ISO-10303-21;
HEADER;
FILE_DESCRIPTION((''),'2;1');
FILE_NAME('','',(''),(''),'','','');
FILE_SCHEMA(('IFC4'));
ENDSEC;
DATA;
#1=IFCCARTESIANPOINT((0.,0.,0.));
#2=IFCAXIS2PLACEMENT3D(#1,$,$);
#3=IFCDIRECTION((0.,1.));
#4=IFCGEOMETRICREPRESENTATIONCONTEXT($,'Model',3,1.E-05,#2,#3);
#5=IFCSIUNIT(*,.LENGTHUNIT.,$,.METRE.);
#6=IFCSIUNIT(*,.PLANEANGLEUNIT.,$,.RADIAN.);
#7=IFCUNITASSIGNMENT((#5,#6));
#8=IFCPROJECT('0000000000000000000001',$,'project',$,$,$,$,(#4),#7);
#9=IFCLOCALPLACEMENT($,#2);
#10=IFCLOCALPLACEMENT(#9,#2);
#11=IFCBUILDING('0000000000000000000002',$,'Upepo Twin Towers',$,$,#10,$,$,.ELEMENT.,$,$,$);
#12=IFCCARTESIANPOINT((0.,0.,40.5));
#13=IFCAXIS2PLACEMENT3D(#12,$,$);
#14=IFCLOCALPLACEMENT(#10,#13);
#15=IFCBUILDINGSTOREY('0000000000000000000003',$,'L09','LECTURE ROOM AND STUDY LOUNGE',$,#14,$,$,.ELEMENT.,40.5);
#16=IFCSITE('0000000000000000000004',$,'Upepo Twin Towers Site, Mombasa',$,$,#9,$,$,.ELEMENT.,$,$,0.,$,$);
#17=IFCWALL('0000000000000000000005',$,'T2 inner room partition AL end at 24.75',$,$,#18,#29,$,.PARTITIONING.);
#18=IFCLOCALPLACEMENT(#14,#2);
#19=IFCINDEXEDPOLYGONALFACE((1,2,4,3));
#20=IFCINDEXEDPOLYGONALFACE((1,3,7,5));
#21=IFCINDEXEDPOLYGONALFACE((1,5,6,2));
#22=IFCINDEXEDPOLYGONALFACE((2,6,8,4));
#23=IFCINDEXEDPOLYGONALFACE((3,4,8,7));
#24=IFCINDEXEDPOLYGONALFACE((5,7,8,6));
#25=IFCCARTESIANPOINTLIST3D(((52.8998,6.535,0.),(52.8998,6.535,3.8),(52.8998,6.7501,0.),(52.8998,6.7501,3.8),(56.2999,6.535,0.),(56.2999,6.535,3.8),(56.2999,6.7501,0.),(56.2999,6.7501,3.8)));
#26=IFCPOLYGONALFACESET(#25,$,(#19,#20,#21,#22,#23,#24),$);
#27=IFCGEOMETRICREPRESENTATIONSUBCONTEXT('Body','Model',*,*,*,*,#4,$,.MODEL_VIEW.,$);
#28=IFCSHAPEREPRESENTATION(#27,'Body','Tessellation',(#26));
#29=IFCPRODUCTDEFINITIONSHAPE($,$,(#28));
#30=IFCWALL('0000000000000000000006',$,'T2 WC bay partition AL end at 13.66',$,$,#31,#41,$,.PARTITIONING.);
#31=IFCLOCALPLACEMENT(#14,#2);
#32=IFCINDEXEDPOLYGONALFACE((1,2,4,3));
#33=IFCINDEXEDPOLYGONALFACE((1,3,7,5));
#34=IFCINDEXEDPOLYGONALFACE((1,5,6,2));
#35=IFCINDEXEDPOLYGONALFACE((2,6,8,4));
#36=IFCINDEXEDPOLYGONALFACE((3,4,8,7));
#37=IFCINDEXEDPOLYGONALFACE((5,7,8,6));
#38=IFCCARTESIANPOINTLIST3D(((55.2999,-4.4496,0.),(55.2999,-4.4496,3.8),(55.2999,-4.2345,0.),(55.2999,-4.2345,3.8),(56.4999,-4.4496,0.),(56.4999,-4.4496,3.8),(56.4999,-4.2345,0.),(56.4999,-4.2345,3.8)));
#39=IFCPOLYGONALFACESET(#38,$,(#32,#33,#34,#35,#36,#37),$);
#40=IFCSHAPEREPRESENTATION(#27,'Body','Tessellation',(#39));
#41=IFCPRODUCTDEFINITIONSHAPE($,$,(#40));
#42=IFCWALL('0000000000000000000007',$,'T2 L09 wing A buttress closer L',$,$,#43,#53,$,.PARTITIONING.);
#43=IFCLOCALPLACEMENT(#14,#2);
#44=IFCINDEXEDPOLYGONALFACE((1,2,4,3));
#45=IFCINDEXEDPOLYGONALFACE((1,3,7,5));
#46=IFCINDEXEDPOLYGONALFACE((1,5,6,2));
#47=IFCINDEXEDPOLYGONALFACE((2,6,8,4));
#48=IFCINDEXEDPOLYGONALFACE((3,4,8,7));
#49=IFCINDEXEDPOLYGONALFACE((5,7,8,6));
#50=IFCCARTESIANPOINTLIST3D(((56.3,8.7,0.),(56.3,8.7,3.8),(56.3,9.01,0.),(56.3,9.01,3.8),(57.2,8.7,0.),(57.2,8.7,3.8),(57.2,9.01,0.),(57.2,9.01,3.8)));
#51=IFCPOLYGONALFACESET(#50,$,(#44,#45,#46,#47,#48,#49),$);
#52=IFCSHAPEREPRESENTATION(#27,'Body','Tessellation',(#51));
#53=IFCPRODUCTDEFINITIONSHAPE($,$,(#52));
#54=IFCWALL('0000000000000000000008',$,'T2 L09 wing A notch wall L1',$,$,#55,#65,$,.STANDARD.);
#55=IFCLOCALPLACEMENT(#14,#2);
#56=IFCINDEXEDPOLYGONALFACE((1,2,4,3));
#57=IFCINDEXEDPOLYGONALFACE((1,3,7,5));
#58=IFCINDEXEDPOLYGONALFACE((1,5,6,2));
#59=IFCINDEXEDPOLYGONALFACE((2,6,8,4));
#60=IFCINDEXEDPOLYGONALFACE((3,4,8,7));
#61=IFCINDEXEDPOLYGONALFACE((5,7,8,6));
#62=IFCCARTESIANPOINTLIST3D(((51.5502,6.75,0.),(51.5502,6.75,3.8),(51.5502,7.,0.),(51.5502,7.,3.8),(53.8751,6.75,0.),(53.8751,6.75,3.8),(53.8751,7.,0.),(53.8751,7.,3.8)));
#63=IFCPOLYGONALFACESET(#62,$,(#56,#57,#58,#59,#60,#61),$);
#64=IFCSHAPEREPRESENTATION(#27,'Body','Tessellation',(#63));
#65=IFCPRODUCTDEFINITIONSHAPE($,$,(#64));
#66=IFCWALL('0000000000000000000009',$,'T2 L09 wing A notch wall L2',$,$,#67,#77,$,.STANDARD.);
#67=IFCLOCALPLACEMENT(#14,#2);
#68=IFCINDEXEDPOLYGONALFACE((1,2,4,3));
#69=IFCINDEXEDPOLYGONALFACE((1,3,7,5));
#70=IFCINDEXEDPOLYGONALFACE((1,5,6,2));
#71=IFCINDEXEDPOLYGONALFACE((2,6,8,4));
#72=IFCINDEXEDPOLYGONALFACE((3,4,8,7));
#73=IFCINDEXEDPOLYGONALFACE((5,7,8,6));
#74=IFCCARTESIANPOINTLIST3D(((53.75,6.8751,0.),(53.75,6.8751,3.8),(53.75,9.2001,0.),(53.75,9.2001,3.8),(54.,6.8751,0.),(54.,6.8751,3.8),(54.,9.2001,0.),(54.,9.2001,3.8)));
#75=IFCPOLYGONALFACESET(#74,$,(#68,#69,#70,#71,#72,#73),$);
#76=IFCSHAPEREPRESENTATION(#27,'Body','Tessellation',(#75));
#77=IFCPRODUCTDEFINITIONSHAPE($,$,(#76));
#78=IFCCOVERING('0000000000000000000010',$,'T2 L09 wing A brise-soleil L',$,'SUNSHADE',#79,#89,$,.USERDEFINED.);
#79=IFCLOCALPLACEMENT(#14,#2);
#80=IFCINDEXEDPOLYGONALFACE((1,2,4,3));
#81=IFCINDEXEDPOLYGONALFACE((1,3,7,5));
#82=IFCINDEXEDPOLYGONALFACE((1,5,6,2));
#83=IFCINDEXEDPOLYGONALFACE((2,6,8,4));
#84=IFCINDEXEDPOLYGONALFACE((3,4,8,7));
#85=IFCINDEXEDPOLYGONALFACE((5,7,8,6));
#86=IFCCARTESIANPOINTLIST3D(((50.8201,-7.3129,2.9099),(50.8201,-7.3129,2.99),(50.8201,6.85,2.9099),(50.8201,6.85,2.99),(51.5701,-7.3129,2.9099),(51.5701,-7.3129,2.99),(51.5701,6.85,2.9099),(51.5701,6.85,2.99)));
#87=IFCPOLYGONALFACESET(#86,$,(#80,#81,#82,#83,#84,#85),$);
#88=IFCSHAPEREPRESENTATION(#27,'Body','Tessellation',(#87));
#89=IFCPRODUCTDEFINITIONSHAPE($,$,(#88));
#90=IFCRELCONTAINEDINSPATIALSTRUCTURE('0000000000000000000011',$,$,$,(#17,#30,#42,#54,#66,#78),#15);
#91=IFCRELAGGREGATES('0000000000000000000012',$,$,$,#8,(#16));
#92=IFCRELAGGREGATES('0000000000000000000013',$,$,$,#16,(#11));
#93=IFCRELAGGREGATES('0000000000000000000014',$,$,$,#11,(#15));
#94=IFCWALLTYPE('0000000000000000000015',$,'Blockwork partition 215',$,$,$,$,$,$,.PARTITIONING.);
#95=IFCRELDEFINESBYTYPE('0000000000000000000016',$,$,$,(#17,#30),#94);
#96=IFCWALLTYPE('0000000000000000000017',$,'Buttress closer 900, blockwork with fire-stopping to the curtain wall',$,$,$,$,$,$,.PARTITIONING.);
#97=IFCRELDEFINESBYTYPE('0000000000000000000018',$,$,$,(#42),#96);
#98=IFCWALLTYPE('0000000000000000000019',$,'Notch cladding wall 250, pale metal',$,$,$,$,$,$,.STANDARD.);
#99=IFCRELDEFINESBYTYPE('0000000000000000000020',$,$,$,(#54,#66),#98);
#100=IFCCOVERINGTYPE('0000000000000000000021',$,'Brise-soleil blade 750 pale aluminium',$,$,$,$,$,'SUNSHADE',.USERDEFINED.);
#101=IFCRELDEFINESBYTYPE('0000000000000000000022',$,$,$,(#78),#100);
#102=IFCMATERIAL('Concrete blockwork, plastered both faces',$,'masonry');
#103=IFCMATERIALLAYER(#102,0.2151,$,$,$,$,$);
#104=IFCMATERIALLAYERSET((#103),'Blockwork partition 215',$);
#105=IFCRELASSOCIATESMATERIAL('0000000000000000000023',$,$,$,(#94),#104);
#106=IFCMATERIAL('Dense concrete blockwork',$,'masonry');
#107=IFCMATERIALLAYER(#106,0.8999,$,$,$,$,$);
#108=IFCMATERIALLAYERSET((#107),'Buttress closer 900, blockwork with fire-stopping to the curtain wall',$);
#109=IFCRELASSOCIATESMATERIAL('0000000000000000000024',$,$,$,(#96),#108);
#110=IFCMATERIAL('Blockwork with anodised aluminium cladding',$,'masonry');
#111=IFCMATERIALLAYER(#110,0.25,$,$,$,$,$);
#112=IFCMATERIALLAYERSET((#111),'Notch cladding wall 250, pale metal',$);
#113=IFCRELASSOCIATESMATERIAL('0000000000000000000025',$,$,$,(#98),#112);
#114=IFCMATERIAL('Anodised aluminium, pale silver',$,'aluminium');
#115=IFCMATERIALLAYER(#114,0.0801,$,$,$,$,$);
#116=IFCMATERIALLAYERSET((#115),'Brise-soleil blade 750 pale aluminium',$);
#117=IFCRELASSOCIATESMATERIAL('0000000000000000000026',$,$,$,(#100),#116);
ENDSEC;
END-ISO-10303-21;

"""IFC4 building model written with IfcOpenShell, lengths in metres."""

from ifc_helpers import new_model, si_unit, direction, frame, frame_2d, origin, origin_2d, place, context, subcontext, project, spatial, rectangle, extrude, material, layer, layer_set, type_object, element, save


model = new_model("IFC4")

# Units and contexts
model_context = context("Model", 3, precision=1e-05, world=origin(), true_north=direction((0.0, 1.0)))
body_context = subcontext(model_context, "Body", "Model", "MODEL_VIEW")
ifc_project = project(units=[si_unit("LENGTHUNIT", "METRE"), si_unit("PLANEANGLEUNIT", "RADIAN")], contexts=[model_context])

# Site, building, storey
site_placement = place(None, origin())
site = spatial("IfcSite", under=ifc_project, at=site_placement, Name="Upepo Twin Towers Site, Mombasa", CompositionType="ELEMENT", RefElevation=0.0)
building_placement = place(site_placement, origin())
building = spatial("IfcBuilding", under=site, at=building_placement, Name="Upepo Twin Towers", CompositionType="ELEMENT")
storey_placement = place(building_placement, frame((0.0, 0.0, 40.5)))
storey = spatial("IfcBuildingStorey", under=building, at=storey_placement, Name="L09", Description="LECTURE ROOM AND STUDY LOUNGE", CompositionType="ELEMENT", Elevation=40.5)

# Shared definitions
ifc_material_1 = material(Name="Concrete blockwork, plastered both faces", Category="masonry")
ifc_layer_1 = layer(ifc_material_1, 0.2151)
ifc_layer_set_1 = layer_set([ifc_layer_1], Name="Blockwork partition 215")
wall_type_1 = type_object("IfcWallType", Name="Blockwork partition 215", PredefinedType="PARTITIONING", material=ifc_layer_set_1)

# Walls
wall_1_placement = place(storey_placement, frame((56.3, 6.6426, 0.0), z_axis=(0.0, 0.0, 1.0), x_axis=(-1.0, 0.0, 0.0)))
element("IfcWall", 1, at=wall_1_placement, inside=storey, type_object=wall_type_1, Name="T2 inner room partition AL end at 24.75", PredefinedType="PARTITIONING", context=body_context, shape_type="SweptSolid", body=[
    extrude(rectangle(XDim=3.4001, YDim=0.2151, at=frame_2d((1.7002, 0.0))), origin(), (0.0, 0.0, 1.0), 3.8),
])
wall_2_placement = place(storey_placement, frame((56.5, -4.342, 0.0), z_axis=(0.0, 0.0, 1.0), x_axis=(-1.0, 0.0, 0.0)))
element("IfcWall", 2, at=wall_2_placement, inside=storey, type_object=wall_type_1, Name="T2 WC bay partition AL end at 13.66", PredefinedType="PARTITIONING", context=body_context, shape_type="SweptSolid", body=[
    extrude(rectangle(XDim=1.2, YDim=0.2151, at=frame_2d((0.6001, 0.0))), origin(), (0.0, 0.0, 1.0), 3.8),
])
ifc_material_2 = material(Name="Dense concrete blockwork", Category="masonry")
ifc_layer_2 = layer(ifc_material_2, 0.8999)
ifc_layer_set_2 = layer_set([ifc_layer_2], Name="Buttress closer 900, blockwork with fire-stopping to the curtain wall")
wall_type_2 = type_object("IfcWallType", Name="Buttress closer 900, blockwork with fire-stopping to the curtain wall", PredefinedType="PARTITIONING", material=ifc_layer_set_2)
wall_3_placement = place(storey_placement, frame((56.75, 8.7, 0.0), z_axis=(0.0, 0.0, 1.0), x_axis=(0.0, 1.0, 0.0)))
element("IfcWall", 3, at=wall_3_placement, inside=storey, type_object=wall_type_2, Name="T2 L09 wing A buttress closer L", PredefinedType="PARTITIONING", context=body_context, shape_type="SweptSolid", body=[
    extrude(rectangle(XDim=0.3101, YDim=0.8999, at=frame_2d((0.155, 0.0))), origin(), (0.0, 0.0, 1.0), 3.8),
])
ifc_material_3 = material(Name="Blockwork with anodised aluminium cladding", Category="masonry")
ifc_layer_3 = layer(ifc_material_3, 0.25)
ifc_layer_set_3 = layer_set([ifc_layer_3], Name="Notch cladding wall 250, pale metal")
wall_type_3 = type_object("IfcWallType", Name="Notch cladding wall 250, pale metal", PredefinedType="STANDARD", material=ifc_layer_set_3)
for number, where, z_axis, x_axis, name in (
    (4, (51.55, 6.875, 0.0), (0.0, 0.0, 1.0), (1.0, 0.0, 0.0), "T2 L09 wing A notch wall L1"),
    (5, (53.875, 6.875, 0.0), (0.0, 0.0, 1.0), (0.0, 1.0, 0.0), "T2 L09 wing A notch wall L2"),
):
    element("IfcWall", number, at=place(storey_placement, frame(where, z_axis=z_axis, x_axis=x_axis)), inside=storey, type_object=wall_type_3, Name=name, PredefinedType="STANDARD", context=body_context, shape_type="SweptSolid", body=[
        extrude(rectangle(XDim=2.325, YDim=0.25, at=frame_2d((1.1626, 0.0))), origin(), (0.0, 0.0, 1.0), 3.8),
    ])

# Covering
ifc_material_4 = material(Name="Anodised aluminium, pale silver", Category="aluminium")
ifc_layer_4 = layer(ifc_material_4, 0.0801)
ifc_layer_set_4 = layer_set([ifc_layer_4], Name="Brise-soleil blade 750 pale aluminium")
covering_type = type_object("IfcCoveringType", Name="Brise-soleil blade 750 pale aluminium", ElementType="SUNSHADE", PredefinedType="USERDEFINED", material=ifc_layer_set_4)
covering_placement = place(storey_placement, frame((51.1951, -0.2314, 2.9099), z_axis=(0.0, 0.0, 1.0), x_axis=(0.0, 1.0, 0.0)))
element("IfcCovering", 6, at=covering_placement, inside=storey, type_object=covering_type, Name="T2 L09 wing A brise-soleil L", ObjectType="SUNSHADE", PredefinedType="USERDEFINED", context=body_context, shape_type="SweptSolid", body=[
    extrude(rectangle(XDim=14.1628, YDim=0.75, at=origin_2d()), origin(), (0.0, 0.0, 1.0), 0.0801),
])

save(model, "model.ifc")
